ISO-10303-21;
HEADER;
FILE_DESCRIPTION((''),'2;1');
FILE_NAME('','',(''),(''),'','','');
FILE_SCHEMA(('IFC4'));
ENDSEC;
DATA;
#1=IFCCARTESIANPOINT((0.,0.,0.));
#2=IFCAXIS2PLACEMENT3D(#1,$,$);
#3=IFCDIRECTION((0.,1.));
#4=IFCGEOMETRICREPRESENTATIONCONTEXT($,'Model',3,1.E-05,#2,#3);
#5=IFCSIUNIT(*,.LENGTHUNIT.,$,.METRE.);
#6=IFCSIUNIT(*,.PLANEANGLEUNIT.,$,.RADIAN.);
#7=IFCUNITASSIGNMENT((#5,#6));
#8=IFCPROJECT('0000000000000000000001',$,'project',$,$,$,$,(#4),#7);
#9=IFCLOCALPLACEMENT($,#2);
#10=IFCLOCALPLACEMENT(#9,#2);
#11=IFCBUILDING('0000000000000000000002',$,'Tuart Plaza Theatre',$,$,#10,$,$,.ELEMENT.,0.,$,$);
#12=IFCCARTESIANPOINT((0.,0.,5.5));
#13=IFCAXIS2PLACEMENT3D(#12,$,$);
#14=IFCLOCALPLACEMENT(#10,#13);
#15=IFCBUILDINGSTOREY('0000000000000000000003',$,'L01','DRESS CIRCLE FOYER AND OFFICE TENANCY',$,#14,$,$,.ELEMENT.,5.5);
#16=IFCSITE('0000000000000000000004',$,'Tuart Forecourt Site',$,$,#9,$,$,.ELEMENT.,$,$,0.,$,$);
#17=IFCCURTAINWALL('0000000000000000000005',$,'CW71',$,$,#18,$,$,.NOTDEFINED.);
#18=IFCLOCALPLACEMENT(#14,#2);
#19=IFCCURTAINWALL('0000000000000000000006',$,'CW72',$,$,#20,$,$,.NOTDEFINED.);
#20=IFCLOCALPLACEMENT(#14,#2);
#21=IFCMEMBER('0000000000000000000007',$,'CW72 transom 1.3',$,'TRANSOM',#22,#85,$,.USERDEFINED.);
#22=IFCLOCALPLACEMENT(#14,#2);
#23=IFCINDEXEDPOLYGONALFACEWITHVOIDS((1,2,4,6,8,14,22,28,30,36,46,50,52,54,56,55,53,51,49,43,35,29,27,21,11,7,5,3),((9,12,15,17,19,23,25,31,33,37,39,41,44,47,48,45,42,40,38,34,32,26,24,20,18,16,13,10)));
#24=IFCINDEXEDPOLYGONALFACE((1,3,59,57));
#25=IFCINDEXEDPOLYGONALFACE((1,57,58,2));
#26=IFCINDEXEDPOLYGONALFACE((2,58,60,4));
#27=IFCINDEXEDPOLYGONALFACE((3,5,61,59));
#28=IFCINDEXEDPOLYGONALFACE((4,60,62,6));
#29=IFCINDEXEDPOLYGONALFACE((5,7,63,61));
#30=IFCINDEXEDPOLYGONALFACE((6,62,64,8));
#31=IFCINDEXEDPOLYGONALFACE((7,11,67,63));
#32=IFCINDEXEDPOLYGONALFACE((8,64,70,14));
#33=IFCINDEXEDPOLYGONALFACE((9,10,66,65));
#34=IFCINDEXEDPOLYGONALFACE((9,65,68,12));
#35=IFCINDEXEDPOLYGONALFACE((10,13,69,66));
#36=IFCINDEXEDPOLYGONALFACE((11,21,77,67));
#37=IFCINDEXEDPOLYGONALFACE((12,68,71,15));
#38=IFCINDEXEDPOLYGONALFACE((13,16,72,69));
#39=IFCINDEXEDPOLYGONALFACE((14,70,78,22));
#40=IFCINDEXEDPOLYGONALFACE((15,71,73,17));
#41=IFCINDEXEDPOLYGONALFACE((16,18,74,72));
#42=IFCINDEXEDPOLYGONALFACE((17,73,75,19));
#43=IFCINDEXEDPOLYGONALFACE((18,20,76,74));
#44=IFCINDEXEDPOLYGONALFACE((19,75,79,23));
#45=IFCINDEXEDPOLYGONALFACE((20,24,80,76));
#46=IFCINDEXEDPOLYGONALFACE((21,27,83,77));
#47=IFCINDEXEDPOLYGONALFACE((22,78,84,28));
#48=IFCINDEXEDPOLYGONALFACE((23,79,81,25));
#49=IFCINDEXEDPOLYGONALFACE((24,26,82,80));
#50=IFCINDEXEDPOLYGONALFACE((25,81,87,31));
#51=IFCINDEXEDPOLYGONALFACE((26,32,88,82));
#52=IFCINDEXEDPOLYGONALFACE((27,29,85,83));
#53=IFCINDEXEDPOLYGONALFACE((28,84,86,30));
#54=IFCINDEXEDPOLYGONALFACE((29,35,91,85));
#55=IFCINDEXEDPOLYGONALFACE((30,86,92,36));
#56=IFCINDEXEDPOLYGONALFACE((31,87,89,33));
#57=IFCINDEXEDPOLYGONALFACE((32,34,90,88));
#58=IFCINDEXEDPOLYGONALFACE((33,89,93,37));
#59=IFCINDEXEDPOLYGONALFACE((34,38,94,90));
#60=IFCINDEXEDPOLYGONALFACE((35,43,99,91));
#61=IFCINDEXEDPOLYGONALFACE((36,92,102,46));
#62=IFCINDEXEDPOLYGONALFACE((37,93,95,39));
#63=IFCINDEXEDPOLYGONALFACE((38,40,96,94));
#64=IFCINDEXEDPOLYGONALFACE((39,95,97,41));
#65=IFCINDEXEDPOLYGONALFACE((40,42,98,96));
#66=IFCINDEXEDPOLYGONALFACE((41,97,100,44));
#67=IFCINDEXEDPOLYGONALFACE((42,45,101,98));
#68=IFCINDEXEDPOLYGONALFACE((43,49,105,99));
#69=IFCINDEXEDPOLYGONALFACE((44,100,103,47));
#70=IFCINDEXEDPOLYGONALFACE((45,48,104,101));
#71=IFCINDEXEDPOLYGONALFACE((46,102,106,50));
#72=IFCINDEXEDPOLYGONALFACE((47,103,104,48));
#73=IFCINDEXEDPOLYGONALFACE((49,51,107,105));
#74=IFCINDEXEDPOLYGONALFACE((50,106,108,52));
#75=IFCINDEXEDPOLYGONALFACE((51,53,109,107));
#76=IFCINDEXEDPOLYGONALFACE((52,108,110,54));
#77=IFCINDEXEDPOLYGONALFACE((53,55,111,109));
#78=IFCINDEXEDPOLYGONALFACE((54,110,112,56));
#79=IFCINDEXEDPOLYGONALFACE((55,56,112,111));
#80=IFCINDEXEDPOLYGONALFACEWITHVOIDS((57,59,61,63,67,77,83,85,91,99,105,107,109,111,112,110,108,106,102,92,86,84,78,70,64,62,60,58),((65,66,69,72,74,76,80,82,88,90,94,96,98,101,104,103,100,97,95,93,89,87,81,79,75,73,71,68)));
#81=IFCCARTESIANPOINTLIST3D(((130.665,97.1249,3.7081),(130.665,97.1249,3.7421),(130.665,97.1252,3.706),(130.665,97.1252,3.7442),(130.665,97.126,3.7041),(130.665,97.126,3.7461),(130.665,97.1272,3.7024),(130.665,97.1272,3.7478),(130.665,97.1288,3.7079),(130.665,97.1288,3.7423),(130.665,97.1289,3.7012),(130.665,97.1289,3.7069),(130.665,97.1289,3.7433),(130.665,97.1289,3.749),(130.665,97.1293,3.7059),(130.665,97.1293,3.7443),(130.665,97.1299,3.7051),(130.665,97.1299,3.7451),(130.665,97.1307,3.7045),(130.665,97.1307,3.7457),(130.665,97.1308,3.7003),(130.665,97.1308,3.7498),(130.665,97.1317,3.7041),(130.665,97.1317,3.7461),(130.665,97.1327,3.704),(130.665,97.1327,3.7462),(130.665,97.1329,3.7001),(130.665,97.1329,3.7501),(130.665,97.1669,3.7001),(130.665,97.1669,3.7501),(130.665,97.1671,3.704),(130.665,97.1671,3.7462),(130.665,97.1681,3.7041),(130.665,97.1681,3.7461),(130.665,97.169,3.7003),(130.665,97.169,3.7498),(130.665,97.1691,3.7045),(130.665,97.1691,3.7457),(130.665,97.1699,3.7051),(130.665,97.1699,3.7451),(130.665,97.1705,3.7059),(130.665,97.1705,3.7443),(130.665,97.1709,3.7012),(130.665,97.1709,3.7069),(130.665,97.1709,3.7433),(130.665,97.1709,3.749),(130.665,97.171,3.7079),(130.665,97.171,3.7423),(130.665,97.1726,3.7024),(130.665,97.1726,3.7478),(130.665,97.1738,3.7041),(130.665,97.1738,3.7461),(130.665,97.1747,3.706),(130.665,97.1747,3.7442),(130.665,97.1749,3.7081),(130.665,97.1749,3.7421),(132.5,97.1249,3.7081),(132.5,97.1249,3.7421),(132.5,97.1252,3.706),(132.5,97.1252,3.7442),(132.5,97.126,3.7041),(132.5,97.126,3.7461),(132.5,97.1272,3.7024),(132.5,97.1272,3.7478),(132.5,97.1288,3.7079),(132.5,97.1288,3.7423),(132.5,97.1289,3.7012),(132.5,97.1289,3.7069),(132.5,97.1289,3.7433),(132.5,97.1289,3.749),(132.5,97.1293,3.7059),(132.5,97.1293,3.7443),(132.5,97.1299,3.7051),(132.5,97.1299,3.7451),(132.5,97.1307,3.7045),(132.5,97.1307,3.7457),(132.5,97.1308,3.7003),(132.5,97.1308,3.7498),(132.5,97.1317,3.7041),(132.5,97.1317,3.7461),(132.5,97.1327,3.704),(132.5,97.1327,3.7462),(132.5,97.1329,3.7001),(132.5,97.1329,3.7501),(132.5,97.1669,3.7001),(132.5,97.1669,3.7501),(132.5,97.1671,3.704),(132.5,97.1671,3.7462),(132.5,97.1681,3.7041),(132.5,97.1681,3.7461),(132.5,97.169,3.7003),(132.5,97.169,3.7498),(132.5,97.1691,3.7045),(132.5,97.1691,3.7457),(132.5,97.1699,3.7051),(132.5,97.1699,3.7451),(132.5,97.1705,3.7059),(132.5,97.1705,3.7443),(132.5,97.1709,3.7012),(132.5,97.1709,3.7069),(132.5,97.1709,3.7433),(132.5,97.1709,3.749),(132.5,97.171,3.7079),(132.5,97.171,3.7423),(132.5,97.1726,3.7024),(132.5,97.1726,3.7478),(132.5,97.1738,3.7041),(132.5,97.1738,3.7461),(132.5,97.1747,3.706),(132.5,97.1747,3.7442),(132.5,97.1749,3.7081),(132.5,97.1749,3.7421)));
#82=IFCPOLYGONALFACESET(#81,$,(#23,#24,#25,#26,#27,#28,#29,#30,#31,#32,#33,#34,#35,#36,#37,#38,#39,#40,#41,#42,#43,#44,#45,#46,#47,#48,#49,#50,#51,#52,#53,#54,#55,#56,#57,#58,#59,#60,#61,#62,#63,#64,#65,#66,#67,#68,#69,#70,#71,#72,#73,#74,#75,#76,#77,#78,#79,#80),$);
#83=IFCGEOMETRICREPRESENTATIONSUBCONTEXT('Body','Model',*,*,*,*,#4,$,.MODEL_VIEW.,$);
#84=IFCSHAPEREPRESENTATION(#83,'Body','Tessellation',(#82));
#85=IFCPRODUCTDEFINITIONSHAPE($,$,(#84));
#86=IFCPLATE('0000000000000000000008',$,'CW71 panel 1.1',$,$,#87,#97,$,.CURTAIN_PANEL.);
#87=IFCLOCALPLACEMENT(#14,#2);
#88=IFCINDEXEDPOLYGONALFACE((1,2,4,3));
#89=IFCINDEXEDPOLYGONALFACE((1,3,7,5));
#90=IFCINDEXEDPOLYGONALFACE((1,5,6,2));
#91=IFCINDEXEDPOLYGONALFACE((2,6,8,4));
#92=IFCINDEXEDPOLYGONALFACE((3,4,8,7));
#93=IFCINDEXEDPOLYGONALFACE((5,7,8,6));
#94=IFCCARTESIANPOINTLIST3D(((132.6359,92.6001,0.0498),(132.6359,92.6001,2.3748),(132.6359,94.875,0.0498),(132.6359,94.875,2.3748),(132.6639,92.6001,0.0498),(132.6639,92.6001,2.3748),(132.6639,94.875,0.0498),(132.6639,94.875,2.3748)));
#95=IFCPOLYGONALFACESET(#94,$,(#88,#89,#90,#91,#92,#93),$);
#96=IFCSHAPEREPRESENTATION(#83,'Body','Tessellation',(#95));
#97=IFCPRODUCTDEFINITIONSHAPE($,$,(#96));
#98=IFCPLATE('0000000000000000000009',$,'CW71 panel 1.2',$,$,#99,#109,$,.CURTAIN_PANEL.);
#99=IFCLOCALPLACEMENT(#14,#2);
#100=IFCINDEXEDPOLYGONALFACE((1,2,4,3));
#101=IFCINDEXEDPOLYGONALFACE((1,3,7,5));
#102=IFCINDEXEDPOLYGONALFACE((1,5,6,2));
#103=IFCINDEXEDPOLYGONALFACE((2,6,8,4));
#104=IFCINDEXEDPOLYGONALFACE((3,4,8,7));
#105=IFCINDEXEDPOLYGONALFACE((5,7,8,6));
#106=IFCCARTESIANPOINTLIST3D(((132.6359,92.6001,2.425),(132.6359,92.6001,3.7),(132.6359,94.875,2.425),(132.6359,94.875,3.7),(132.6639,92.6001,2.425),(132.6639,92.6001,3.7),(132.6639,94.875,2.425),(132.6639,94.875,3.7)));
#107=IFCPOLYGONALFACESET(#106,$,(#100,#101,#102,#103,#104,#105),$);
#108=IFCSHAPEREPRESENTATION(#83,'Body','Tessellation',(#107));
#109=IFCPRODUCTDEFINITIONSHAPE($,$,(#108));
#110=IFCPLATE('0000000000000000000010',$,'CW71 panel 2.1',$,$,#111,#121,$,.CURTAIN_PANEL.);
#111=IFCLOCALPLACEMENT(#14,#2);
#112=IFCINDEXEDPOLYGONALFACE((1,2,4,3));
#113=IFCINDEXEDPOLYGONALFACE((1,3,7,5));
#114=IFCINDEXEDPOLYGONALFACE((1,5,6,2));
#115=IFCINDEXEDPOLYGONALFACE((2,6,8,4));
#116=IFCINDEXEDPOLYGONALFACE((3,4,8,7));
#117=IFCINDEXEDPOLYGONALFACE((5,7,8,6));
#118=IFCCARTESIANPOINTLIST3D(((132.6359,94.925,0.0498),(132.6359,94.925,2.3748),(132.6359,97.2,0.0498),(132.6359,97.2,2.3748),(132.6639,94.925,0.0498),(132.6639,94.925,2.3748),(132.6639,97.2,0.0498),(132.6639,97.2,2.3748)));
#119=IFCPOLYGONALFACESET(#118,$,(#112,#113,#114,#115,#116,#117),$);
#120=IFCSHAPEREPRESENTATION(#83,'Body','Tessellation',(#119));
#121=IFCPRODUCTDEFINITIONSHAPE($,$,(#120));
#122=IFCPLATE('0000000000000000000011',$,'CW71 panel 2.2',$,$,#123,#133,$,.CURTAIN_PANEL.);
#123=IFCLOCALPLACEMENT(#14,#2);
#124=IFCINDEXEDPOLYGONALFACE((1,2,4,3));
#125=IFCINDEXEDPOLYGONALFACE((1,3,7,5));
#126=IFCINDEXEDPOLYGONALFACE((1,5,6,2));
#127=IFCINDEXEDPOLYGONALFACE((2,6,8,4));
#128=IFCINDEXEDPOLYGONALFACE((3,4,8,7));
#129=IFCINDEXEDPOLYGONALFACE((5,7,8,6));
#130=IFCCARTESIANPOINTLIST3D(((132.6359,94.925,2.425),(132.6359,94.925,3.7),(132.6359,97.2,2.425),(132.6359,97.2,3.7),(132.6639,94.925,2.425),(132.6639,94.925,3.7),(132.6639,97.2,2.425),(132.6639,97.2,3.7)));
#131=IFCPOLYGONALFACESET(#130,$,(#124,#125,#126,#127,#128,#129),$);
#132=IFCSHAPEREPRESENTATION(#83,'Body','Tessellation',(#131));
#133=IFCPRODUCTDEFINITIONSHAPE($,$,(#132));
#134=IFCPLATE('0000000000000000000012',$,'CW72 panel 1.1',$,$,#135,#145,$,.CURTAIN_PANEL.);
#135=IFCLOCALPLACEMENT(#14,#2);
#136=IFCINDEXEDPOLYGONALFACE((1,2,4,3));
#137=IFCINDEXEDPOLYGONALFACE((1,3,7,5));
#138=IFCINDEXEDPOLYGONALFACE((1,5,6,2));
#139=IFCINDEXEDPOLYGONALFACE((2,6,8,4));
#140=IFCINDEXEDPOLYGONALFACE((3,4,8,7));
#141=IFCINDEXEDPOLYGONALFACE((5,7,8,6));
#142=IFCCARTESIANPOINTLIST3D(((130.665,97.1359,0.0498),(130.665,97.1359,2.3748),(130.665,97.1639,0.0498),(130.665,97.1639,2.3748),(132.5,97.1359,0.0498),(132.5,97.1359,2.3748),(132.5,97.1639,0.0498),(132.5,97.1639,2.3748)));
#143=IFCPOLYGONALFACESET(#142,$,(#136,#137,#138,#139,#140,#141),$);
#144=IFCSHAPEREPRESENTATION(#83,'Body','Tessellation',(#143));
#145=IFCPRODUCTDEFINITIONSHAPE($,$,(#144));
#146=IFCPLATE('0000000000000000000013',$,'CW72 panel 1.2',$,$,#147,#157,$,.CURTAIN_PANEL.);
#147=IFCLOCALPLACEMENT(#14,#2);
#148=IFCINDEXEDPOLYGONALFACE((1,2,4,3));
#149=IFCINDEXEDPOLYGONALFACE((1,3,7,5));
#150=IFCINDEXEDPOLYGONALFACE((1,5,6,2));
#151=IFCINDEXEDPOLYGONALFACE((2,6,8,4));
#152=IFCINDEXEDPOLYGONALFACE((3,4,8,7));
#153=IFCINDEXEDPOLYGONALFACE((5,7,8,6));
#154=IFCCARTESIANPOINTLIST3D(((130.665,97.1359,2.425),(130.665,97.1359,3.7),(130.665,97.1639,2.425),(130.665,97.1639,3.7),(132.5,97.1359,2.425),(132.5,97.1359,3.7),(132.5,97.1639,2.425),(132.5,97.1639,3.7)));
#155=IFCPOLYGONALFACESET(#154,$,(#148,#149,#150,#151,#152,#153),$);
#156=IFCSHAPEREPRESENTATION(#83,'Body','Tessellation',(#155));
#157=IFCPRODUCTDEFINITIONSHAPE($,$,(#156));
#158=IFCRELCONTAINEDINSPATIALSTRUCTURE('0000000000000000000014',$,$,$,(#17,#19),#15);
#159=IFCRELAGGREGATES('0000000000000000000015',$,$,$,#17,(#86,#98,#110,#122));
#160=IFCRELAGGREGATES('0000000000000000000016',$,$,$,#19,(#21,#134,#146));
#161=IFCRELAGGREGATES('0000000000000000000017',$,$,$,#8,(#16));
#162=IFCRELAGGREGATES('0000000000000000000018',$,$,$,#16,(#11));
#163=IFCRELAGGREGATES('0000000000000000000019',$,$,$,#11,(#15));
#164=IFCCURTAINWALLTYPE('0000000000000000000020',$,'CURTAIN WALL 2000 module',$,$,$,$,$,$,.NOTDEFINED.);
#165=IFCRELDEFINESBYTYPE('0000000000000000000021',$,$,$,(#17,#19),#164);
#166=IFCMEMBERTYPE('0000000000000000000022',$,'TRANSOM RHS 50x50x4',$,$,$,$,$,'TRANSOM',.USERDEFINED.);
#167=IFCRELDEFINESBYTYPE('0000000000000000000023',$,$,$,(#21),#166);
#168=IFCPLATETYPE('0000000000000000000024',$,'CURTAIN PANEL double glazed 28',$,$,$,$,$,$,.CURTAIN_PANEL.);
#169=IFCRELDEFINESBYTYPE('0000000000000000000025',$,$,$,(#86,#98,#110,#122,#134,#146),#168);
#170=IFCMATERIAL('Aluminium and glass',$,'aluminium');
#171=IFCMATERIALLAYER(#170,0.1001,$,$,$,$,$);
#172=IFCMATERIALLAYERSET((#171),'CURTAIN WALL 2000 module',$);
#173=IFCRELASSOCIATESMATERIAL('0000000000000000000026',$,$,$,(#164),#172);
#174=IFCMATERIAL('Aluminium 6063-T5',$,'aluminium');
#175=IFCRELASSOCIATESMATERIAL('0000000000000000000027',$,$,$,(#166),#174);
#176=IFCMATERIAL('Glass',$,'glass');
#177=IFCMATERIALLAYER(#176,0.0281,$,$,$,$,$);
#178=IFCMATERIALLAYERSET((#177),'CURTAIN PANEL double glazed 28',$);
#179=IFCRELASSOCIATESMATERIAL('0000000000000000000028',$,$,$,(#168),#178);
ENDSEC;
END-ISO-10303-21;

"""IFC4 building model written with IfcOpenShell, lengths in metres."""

from ifc_helpers import new_model, si_unit, direction, frame, origin, origin_2d, place, context, subcontext, project, spatial, rectangle, hollow_rectangle, extrude, material, layer, layer_set, material_profile, profile_set, type_object, element, aggregate, save


model = new_model("IFC4")

# Units and contexts
model_context = context("Model", 3, precision=1e-05, world=origin(), true_north=direction((0.0, 1.0)))
body_context = subcontext(model_context, "Body", "Model", "MODEL_VIEW")
ifc_project = project(units=[si_unit("LENGTHUNIT", "METRE"), si_unit("PLANEANGLEUNIT", "RADIAN")], contexts=[model_context])

# Site, building, storey
site_placement = place(None, origin())
site = spatial("IfcSite", under=ifc_project, at=site_placement, Name="Tuart Forecourt Site", CompositionType="ELEMENT", RefElevation=0.0)
building_placement = place(site_placement, origin())
building = spatial("IfcBuilding", under=site, at=building_placement, Name="Tuart Plaza Theatre", CompositionType="ELEMENT", ElevationOfRefHeight=0.0)
storey_placement = place(building_placement, frame((0.0, 0.0, 5.5)))
storey = spatial("IfcBuildingStorey", under=building, at=storey_placement, Name="L01", Description="DRESS CIRCLE FOYER AND OFFICE TENANCY", CompositionType="ELEMENT", Elevation=5.5)

# Curtain wall
ifc_material_1 = material(Name="Aluminium and glass", Category="aluminium")
ifc_layer_1 = layer(ifc_material_1, 0.1001)
ifc_layer_set_1 = layer_set([ifc_layer_1], Name="CURTAIN WALL 2000 module")
curtain_wall_type = type_object("IfcCurtainWallType", Name="CURTAIN WALL 2000 module", PredefinedType="NOTDEFINED", material=ifc_layer_set_1)
curtain_wall_1_placement = place(storey_placement, origin())
curtain_wall_1 = element("IfcCurtainWall", 1, at=curtain_wall_1_placement, inside=storey, type_object=curtain_wall_type, Name="CW71", PredefinedType="NOTDEFINED")

# Curtain wall
curtain_wall_2_placement = place(storey_placement, origin())
curtain_wall_2 = element("IfcCurtainWall", 2, at=curtain_wall_2_placement, inside=storey, type_object=curtain_wall_type, Name="CW72", PredefinedType="NOTDEFINED")

# Member
ifc_material_2 = material(Name="Aluminium 6063-T5", Category="aluminium")
ifc_material_profile_1 = material_profile(ifc_material_2, hollow_rectangle(XDim=0.05, YDim=0.05, WallThickness=0.0039, InnerFilletRadius=0.0039, OuterFilletRadius=0.0081, at=origin_2d()), Name="RHS 50x50x4")
ifc_profile_set_1 = profile_set([ifc_material_profile_1], Name="Aluminium 6063-T5")
member_type_1 = type_object("IfcMemberType", Name="TRANSOM RHS 50x50x4", ElementType="TRANSOM", PredefinedType="USERDEFINED", material=ifc_profile_set_1)
member_1_placement = place(storey_placement, frame((132.5, 97.1499, 3.7251), z_axis=(-1.0, 0.0, 0.0), x_axis=(0.0, -1.0, 0.0)))
member_1 = element("IfcMember", 3, at=member_1_placement, type_object=member_type_1, Name="CW72 transom 1.3", ObjectType="TRANSOM", PredefinedType="USERDEFINED", context=body_context, shape_type="SweptSolid", body=[
    extrude(hollow_rectangle(XDim=0.05, YDim=0.05, WallThickness=0.0039, InnerFilletRadius=0.0039, OuterFilletRadius=0.0081, at=origin_2d()), origin(), (0.0, 0.0, 1.0), 1.835),
])

# Plates
ifc_material_3 = material(Name="Glass", Category="glass")
ifc_layer_2 = layer(ifc_material_3, 0.0281)
ifc_layer_set_2 = layer_set([ifc_layer_2], Name="CURTAIN PANEL double glazed 28")
plate_type = type_object("IfcPlateType", Name="CURTAIN PANEL double glazed 28", PredefinedType="CURTAIN_PANEL", material=ifc_layer_set_2)
plate_1_placement = place(storey_placement, frame((132.6499, 93.7375, 0.0498), z_axis=(0.0, 0.0, 1.0), x_axis=(0.0, 1.0, 0.0)))
plate_1 = element("IfcPlate", 4, at=plate_1_placement, type_object=plate_type, Name="CW71 panel 1.1", PredefinedType="CURTAIN_PANEL", context=body_context, shape_type="SweptSolid", body=[
    extrude(rectangle(XDim=2.2749, YDim=0.0281, at=origin_2d()), origin(), (0.0, 0.0, 1.0), 2.325),
])
plate_2_placement = place(storey_placement, frame((132.6499, 93.7375, 2.425), z_axis=(0.0, 0.0, 1.0), x_axis=(0.0, 1.0, 0.0)))
plate_2 = element("IfcPlate", 5, at=plate_2_placement, type_object=plate_type, Name="CW71 panel 1.2", PredefinedType="CURTAIN_PANEL", context=body_context, shape_type="SweptSolid", body=[
    extrude(rectangle(XDim=2.2749, YDim=0.0281, at=origin_2d()), origin(), (0.0, 0.0, 1.0), 1.2749),
])
plate_3_placement = place(storey_placement, frame((132.6499, 96.0625, 0.0498), z_axis=(0.0, 0.0, 1.0), x_axis=(0.0, 1.0, 0.0)))
plate_3 = element("IfcPlate", 6, at=plate_3_placement, type_object=plate_type, Name="CW71 panel 2.1", PredefinedType="CURTAIN_PANEL", context=body_context, shape_type="SweptSolid", body=[
    extrude(rectangle(XDim=2.2749, YDim=0.0281, at=origin_2d()), origin(), (0.0, 0.0, 1.0), 2.325),
])
plate_4_placement = place(storey_placement, frame((132.6499, 96.0625, 2.425), z_axis=(0.0, 0.0, 1.0), x_axis=(0.0, 1.0, 0.0)))
plate_4 = element("IfcPlate", 7, at=plate_4_placement, type_object=plate_type, Name="CW71 panel 2.2", PredefinedType="CURTAIN_PANEL", context=body_context, shape_type="SweptSolid", body=[
    extrude(rectangle(XDim=2.2749, YDim=0.0281, at=origin_2d()), origin(), (0.0, 0.0, 1.0), 1.2749),
])
aggregate(curtain_wall_1, [plate_1, plate_2, plate_3, plate_4])
plate_5_placement = place(storey_placement, frame((131.5825, 97.1499, 0.0498), z_axis=(0.0, 0.0, 1.0), x_axis=(-1.0, 0.0, 0.0)))
plate_5 = element("IfcPlate", 8, at=plate_5_placement, type_object=plate_type, Name="CW72 panel 1.1", PredefinedType="CURTAIN_PANEL", context=body_context, shape_type="SweptSolid", body=[
    extrude(rectangle(XDim=1.835, YDim=0.0281, at=origin_2d()), origin(), (0.0, 0.0, 1.0), 2.325),
])
plate_6_placement = place(storey_placement, frame((131.5825, 97.1499, 2.425), z_axis=(0.0, 0.0, 1.0), x_axis=(-1.0, 0.0, 0.0)))
plate_6 = element("IfcPlate", 9, at=plate_6_placement, type_object=plate_type, Name="CW72 panel 1.2", PredefinedType="CURTAIN_PANEL", context=body_context, shape_type="SweptSolid", body=[
    extrude(rectangle(XDim=1.835, YDim=0.0281, at=origin_2d()), origin(), (0.0, 0.0, 1.0), 1.2749),
])
aggregate(curtain_wall_2, [member_1, plate_5, plate_6])

save(model, "model.ifc")
